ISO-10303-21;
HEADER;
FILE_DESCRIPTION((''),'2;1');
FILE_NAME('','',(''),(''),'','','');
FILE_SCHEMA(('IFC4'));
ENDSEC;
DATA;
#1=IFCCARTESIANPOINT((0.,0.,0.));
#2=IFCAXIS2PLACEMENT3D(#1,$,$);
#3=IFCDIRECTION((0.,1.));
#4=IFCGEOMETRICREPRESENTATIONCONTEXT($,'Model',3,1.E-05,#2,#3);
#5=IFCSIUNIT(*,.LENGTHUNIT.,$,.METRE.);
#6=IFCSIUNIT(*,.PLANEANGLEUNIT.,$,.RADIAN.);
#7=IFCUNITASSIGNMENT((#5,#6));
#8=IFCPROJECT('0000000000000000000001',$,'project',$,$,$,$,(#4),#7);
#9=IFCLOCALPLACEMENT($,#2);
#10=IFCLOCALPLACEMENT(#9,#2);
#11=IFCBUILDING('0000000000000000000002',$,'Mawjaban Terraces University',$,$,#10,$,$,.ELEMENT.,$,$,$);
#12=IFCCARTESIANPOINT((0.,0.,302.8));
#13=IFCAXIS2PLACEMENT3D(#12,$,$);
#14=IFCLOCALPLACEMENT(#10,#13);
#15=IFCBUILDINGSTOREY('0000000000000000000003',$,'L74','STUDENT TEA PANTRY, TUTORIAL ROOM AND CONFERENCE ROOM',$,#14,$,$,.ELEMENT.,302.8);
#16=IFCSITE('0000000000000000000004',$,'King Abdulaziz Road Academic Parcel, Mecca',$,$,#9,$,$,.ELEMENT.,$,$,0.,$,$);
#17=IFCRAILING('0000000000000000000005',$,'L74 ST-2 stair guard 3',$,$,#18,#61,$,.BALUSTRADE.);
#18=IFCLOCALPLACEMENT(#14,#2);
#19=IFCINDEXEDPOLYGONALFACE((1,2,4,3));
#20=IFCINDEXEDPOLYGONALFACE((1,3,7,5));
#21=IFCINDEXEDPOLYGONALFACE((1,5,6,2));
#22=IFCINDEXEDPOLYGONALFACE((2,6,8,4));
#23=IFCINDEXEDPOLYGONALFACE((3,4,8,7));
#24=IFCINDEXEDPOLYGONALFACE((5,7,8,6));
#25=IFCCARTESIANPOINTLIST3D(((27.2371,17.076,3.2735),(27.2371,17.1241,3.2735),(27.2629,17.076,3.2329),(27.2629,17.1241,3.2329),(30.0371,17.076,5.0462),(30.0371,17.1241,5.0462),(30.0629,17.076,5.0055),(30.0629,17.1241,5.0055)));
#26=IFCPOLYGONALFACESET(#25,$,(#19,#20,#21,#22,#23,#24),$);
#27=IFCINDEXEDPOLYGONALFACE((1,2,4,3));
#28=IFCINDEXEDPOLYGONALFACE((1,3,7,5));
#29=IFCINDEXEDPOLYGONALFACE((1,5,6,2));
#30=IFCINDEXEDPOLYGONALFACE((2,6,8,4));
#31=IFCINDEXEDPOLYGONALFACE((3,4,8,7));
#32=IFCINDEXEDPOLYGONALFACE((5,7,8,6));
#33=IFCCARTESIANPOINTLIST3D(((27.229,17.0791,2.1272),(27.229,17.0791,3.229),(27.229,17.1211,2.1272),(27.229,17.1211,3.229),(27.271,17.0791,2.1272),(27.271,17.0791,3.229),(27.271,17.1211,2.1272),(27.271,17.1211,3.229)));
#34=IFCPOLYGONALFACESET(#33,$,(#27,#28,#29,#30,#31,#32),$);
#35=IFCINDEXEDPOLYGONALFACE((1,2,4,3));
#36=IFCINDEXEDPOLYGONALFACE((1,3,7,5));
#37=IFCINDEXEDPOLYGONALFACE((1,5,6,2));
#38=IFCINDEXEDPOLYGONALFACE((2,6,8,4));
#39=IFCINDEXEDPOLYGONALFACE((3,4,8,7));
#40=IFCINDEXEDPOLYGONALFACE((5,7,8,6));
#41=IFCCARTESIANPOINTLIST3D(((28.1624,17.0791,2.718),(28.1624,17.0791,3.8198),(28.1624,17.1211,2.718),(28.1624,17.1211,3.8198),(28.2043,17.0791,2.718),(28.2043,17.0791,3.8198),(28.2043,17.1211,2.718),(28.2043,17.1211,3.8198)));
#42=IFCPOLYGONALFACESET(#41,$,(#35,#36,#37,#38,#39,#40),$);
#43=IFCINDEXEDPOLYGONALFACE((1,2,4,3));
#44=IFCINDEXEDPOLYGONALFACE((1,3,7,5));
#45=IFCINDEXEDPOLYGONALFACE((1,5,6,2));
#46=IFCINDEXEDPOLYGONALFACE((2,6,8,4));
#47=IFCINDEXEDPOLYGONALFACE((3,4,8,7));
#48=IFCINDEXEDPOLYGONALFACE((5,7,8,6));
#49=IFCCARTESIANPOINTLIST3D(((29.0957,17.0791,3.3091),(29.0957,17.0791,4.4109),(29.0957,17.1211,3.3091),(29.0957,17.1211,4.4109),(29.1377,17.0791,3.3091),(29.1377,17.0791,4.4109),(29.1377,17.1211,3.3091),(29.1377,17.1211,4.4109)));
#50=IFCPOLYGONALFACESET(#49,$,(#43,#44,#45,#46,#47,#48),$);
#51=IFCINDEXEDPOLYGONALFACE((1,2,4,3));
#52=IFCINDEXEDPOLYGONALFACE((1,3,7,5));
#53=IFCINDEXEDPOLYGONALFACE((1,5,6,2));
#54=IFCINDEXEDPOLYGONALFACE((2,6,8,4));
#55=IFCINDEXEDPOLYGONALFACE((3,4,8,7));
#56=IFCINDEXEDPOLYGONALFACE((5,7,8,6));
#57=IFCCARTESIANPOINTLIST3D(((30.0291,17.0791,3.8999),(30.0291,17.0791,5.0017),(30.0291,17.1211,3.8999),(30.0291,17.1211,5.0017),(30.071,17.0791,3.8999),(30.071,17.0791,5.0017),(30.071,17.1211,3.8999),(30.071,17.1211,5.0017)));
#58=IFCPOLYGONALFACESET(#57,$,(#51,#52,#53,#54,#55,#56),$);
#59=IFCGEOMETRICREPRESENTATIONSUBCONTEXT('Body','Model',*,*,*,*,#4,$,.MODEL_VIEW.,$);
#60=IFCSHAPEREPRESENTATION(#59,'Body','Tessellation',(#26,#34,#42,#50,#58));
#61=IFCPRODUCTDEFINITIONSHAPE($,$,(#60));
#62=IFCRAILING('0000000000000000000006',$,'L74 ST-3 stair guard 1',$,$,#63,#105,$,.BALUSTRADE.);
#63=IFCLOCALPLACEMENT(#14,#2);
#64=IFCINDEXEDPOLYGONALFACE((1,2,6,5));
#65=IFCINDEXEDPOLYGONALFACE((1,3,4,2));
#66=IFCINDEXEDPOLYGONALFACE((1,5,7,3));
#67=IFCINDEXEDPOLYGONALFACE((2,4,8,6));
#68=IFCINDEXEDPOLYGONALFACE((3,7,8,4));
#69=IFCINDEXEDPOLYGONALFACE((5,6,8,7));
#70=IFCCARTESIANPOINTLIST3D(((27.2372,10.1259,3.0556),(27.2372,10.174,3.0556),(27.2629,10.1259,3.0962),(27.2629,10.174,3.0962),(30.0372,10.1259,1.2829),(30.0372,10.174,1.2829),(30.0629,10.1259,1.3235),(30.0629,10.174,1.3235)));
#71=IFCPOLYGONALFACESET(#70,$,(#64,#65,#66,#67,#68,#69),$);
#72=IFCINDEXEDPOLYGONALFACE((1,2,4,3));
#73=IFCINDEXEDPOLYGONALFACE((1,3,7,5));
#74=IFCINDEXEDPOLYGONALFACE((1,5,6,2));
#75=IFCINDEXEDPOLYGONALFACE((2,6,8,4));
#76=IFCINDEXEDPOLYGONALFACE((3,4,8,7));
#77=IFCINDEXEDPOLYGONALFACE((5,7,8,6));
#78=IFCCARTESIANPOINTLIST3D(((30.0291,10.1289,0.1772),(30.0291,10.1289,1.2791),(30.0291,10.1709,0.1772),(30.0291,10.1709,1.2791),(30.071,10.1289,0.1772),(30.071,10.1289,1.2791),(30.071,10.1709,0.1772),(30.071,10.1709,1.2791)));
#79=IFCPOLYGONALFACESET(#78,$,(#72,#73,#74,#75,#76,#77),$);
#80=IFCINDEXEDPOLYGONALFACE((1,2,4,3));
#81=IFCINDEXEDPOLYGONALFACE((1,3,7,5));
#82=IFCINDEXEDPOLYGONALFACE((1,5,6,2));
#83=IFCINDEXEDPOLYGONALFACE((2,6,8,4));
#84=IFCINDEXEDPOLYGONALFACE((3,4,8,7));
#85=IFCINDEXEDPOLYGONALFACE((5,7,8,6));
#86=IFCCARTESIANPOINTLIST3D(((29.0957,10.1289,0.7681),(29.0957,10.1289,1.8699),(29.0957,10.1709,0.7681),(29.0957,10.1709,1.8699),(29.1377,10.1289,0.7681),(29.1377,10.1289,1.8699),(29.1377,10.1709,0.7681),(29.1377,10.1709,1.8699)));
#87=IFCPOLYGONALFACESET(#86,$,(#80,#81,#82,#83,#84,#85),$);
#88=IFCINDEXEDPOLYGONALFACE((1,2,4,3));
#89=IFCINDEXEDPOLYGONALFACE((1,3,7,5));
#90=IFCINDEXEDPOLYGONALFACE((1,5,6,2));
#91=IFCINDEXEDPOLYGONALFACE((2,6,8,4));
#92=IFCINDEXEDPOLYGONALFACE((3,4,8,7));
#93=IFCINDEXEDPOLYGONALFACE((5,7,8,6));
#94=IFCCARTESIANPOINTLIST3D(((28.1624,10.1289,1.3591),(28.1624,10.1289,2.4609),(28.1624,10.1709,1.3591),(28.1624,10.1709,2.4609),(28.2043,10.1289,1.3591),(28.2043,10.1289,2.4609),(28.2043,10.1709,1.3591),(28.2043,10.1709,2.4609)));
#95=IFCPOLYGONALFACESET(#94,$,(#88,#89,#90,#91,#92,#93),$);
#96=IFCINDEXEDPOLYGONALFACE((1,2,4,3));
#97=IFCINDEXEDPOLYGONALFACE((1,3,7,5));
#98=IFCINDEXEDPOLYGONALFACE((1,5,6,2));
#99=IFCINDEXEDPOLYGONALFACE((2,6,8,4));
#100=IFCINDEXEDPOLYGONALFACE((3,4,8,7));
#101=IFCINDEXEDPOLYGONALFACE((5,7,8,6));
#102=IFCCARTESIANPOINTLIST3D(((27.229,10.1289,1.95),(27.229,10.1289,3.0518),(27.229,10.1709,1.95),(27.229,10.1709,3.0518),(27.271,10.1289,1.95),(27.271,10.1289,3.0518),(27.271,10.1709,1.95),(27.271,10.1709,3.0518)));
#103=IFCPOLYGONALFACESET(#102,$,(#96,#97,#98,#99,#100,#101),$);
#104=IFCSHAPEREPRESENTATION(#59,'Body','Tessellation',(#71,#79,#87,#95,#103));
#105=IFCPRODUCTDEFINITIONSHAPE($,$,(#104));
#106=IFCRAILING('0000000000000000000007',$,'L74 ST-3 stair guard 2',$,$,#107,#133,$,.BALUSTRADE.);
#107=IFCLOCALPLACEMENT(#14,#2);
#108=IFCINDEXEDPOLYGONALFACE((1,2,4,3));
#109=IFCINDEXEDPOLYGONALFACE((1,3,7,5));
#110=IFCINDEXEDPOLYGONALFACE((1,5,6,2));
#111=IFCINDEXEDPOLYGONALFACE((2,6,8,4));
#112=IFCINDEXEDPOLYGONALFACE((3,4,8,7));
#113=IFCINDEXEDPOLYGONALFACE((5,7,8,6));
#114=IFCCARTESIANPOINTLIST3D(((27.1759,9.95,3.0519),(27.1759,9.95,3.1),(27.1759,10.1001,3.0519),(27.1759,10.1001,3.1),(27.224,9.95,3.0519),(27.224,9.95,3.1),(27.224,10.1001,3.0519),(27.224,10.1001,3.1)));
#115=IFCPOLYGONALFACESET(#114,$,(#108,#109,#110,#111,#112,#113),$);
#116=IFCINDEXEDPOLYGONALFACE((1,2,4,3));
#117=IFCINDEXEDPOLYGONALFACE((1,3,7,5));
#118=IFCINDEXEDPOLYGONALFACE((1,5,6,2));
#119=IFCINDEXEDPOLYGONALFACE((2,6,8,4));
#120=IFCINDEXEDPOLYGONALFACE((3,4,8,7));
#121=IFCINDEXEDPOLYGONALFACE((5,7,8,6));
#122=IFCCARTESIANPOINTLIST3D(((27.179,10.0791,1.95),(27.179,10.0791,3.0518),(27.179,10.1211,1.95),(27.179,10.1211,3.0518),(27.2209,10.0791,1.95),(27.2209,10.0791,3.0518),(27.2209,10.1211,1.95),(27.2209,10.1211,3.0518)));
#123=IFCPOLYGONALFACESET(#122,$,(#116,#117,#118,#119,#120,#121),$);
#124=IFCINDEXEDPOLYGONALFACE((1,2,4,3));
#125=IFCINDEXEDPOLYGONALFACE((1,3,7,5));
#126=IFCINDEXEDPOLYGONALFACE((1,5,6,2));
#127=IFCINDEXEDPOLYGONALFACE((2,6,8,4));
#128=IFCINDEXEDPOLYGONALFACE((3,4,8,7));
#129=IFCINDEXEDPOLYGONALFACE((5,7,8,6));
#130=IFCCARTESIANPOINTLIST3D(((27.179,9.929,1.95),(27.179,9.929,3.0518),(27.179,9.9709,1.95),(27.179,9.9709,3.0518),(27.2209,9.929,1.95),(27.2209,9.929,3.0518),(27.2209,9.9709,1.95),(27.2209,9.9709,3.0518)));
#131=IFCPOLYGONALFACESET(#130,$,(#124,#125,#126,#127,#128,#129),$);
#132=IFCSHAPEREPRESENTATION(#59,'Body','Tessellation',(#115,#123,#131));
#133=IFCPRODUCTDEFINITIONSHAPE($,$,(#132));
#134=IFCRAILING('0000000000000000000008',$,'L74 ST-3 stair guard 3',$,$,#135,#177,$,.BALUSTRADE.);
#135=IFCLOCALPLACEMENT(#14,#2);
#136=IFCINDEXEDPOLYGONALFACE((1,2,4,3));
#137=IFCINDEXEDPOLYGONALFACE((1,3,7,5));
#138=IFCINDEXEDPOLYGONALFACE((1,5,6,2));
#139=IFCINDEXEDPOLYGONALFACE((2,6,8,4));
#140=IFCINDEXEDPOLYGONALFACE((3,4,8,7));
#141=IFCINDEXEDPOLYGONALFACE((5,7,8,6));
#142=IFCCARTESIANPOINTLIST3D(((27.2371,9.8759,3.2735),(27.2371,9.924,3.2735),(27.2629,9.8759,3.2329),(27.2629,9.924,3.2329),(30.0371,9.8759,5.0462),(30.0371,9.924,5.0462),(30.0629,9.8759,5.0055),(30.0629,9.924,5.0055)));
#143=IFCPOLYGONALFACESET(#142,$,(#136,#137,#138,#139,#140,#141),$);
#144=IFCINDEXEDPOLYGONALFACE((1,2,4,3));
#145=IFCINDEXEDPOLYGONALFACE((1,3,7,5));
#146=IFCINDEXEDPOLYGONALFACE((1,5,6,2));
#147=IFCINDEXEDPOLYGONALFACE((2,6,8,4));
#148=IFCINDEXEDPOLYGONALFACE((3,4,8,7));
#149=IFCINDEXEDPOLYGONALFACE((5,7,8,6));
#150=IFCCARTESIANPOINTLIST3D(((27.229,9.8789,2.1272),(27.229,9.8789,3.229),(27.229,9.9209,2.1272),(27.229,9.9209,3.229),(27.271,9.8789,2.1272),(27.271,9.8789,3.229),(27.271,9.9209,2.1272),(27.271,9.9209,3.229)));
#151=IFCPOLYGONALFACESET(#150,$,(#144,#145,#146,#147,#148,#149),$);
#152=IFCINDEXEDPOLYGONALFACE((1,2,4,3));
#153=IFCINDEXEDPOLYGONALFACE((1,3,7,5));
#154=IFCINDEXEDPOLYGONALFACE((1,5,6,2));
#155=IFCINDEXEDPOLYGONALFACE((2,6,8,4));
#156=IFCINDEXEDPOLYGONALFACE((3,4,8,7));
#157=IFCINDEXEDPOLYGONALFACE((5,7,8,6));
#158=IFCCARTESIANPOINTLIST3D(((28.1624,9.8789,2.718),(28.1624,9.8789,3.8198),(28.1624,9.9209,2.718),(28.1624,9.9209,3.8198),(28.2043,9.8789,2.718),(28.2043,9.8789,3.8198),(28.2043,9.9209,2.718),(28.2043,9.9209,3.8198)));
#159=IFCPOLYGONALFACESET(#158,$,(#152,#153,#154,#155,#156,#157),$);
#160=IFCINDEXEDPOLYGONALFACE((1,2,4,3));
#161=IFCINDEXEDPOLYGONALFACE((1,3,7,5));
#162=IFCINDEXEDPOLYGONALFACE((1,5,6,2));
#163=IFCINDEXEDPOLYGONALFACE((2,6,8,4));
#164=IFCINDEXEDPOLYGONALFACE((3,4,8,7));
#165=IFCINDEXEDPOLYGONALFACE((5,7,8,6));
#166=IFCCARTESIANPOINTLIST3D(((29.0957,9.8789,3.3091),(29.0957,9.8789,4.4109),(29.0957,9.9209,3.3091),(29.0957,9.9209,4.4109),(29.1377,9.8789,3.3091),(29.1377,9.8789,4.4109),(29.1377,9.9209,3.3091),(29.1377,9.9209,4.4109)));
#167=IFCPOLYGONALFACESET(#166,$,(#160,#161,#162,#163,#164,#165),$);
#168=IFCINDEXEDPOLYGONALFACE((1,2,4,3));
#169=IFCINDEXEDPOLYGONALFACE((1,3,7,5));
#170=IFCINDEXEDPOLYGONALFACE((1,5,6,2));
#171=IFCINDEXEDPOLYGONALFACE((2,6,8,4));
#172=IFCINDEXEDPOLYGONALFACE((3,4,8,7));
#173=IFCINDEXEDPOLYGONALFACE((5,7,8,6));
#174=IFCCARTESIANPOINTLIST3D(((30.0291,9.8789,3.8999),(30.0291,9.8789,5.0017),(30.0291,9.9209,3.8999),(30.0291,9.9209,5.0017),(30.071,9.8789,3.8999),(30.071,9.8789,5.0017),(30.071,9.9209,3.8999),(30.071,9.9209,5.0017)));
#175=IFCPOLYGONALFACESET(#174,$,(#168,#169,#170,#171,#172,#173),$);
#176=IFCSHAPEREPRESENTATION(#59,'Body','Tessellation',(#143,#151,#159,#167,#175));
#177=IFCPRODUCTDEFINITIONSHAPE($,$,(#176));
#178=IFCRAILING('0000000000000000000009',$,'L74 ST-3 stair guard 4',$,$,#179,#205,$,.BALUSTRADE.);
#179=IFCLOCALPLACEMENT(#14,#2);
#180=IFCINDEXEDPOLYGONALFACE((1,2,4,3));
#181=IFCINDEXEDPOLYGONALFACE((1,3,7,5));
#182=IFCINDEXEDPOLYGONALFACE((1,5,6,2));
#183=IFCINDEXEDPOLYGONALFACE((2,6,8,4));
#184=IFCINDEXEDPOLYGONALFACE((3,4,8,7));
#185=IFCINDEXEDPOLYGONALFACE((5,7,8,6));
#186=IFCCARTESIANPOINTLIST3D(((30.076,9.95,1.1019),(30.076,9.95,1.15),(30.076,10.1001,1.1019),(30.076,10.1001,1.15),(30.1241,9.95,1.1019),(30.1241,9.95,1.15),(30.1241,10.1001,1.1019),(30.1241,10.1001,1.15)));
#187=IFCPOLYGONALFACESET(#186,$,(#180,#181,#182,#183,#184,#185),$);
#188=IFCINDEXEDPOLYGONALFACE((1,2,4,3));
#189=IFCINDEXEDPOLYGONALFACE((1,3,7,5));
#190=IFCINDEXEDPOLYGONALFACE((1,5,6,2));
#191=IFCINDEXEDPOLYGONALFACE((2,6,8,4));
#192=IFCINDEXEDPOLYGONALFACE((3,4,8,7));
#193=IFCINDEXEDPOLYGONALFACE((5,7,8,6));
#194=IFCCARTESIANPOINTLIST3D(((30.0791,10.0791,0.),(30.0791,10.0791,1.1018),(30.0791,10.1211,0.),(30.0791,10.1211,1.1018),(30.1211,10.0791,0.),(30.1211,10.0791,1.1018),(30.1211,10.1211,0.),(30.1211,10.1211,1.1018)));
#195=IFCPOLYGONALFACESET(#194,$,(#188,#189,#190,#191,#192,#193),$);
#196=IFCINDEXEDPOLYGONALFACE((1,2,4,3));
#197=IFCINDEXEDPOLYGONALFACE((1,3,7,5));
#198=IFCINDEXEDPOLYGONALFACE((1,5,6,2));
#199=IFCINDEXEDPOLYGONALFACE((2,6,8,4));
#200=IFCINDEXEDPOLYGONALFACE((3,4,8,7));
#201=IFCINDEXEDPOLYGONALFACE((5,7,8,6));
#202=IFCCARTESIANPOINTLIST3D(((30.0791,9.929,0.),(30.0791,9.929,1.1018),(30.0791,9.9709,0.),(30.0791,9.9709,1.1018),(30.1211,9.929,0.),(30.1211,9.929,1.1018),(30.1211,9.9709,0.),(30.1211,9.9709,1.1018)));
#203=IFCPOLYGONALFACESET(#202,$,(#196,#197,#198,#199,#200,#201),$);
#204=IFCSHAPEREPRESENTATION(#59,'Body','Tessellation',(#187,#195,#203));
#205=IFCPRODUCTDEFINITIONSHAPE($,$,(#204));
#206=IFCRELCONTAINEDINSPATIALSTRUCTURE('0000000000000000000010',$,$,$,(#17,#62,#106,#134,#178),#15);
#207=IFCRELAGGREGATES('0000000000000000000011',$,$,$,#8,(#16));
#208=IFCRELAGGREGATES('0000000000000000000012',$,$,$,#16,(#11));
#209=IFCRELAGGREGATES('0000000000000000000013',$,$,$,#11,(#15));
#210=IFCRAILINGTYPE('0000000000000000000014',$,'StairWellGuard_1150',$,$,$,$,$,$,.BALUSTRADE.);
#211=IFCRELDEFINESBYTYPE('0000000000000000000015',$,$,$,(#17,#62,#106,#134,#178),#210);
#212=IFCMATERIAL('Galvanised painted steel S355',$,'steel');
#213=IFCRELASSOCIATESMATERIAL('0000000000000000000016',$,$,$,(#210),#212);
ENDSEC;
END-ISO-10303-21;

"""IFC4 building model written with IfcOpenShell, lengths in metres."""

from ifc_helpers import new_model, si_unit, direction, frame, origin, origin_2d, place, context, subcontext, project, spatial, rectangle, extrude, material, type_object, element, save


model = new_model("IFC4")

# Units and contexts
model_context = context("Model", 3, precision=1e-05, world=origin(), true_north=direction((0.0, 1.0)))
body_context = subcontext(model_context, "Body", "Model", "MODEL_VIEW")
ifc_project = project(units=[si_unit("LENGTHUNIT", "METRE"), si_unit("PLANEANGLEUNIT", "RADIAN")], contexts=[model_context])

# Site, building, storey
site_placement = place(None, origin())
site = spatial("IfcSite", under=ifc_project, at=site_placement, Name="King Abdulaziz Road Academic Parcel, Mecca", CompositionType="ELEMENT", RefElevation=0.0)
building_placement = place(site_placement, origin())
building = spatial("IfcBuilding", under=site, at=building_placement, Name="Mawjaban Terraces University", CompositionType="ELEMENT")
storey_placement = place(building_placement, frame((0.0, 0.0, 302.8)))
storey = spatial("IfcBuildingStorey", under=building, at=storey_placement, Name="L74", Description="STUDENT TEA PANTRY, TUTORIAL ROOM AND CONFERENCE ROOM", CompositionType="ELEMENT", Elevation=302.8)

# Railings
ifc_material_1 = material(Name="Galvanised painted steel S355", Category="steel")
railing_type_1 = type_object("IfcRailingType", Name="StairWellGuard_1150", PredefinedType="BALUSTRADE", material=ifc_material_1)
railing_1_placement = place(storey_placement, frame((27.25, 17.1001, 2.1272)))
element("IfcRailing", 1, at=railing_1_placement, inside=storey, type_object=railing_type_1, Name="L74 ST-2 stair guard 3", PredefinedType="BALUSTRADE", context=body_context, shape_type="SweptSolid", body=[
    extrude(rectangle(XDim=0.0481, YDim=0.0481, at=origin_2d()), frame((0.0, 0.0, 1.126), z_axis=(0.844909, 0.0, 0.53491), x_axis=(0.0, 1.0, 0.0)), (0.0, 0.0, 1.0), 3.314),
    extrude(rectangle(XDim=0.042, YDim=0.042, at=origin_2d()), origin(), (0.0, 0.0, 1.0), 1.1018),
    extrude(rectangle(XDim=0.042, YDim=0.042, at=origin_2d()), frame((0.9333, 0.0, 0.5908)), (0.0, 0.0, 1.0), 1.1018),
    extrude(rectangle(XDim=0.042, YDim=0.042, at=origin_2d()), frame((1.8667, 0.0, 1.1819)), (0.0, 0.0, 1.0), 1.1018),
    extrude(rectangle(XDim=0.042, YDim=0.042, at=origin_2d()), frame((2.8, 0.0, 1.7727)), (0.0, 0.0, 1.0), 1.1018),
])
railing_2_placement = place(storey_placement, frame((30.05, 10.1499, 0.1772)))
element("IfcRailing", 2, at=railing_2_placement, inside=storey, type_object=railing_type_1, Name="L74 ST-3 stair guard 1", PredefinedType="BALUSTRADE", context=body_context, shape_type="SweptSolid", body=[
    extrude(rectangle(XDim=0.0481, YDim=0.0481, at=origin_2d()), frame((0.0, 0.0, 1.126), z_axis=(-0.844909, 0.0, 0.53491), x_axis=(0.0, -1.0, 0.0)), (0.0, 0.0, 1.0), 3.314),
    extrude(rectangle(XDim=0.042, YDim=0.042, at=origin_2d()), origin(), (0.0, 0.0, 1.0), 1.1018),
    extrude(rectangle(XDim=0.042, YDim=0.042, at=origin_2d()), frame((-0.9333, 0.0, 0.5908)), (0.0, 0.0, 1.0), 1.1018),
    extrude(rectangle(XDim=0.042, YDim=0.042, at=origin_2d()), frame((-1.8667, 0.0, 1.1819)), (0.0, 0.0, 1.0), 1.1018),
    extrude(rectangle(XDim=0.042, YDim=0.042, at=origin_2d()), frame((-2.8, 0.0, 1.7727)), (0.0, 0.0, 1.0), 1.1018),
])
railing_3_placement = place(storey_placement, frame((27.2, 10.1001, 1.95)))
element("IfcRailing", 3, at=railing_3_placement, inside=storey, type_object=railing_type_1, Name="L74 ST-3 stair guard 2", PredefinedType="BALUSTRADE", context=body_context, shape_type="SweptSolid", body=[
    extrude(rectangle(XDim=0.0481, YDim=0.0481, at=origin_2d()), frame((0.0, 0.0, 1.126), z_axis=(0.0, -1.0, 0.0), x_axis=(1.0, 0.0, 0.0)), (0.0, 0.0, 1.0), 0.1501),
    extrude(rectangle(XDim=0.042, YDim=0.042, at=origin_2d()), origin(), (0.0, 0.0, 1.0), 1.1018),
    extrude(rectangle(XDim=0.042, YDim=0.042, at=origin_2d()), frame((0.0, -0.1501, 0.0)), (0.0, 0.0, 1.0), 1.1018),
])
railing_4_placement = place(storey_placement, frame((27.25, 9.8999, 2.1272)))
element("IfcRailing", 4, at=railing_4_placement, inside=storey, type_object=railing_type_1, Name="L74 ST-3 stair guard 3", PredefinedType="BALUSTRADE", context=body_context, shape_type="SweptSolid", body=[
    extrude(rectangle(XDim=0.0481, YDim=0.0481, at=origin_2d()), frame((0.0, 0.0, 1.126), z_axis=(0.844909, 0.0, 0.53491), x_axis=(0.0, 1.0, 0.0)), (0.0, 0.0, 1.0), 3.314),
    extrude(rectangle(XDim=0.042, YDim=0.042, at=origin_2d()), origin(), (0.0, 0.0, 1.0), 1.1018),
    extrude(rectangle(XDim=0.042, YDim=0.042, at=origin_2d()), frame((0.9333, 0.0, 0.5908)), (0.0, 0.0, 1.0), 1.1018),
    extrude(rectangle(XDim=0.042, YDim=0.042, at=origin_2d()), frame((1.8667, 0.0, 1.1819)), (0.0, 0.0, 1.0), 1.1018),
    extrude(rectangle(XDim=0.042, YDim=0.042, at=origin_2d()), frame((2.8, 0.0, 1.7727)), (0.0, 0.0, 1.0), 1.1018),
])
railing_5_placement = place(storey_placement, frame((30.1001, 10.1001, 0.0)))
element("IfcRailing", 5, at=railing_5_placement, inside=storey, type_object=railing_type_1, Name="L74 ST-3 stair guard 4", PredefinedType="BALUSTRADE", context=body_context, shape_type="SweptSolid", body=[
    extrude(rectangle(XDim=0.0481, YDim=0.0481, at=origin_2d()), frame((0.0, 0.0, 1.126), z_axis=(0.0, -1.0, 0.0), x_axis=(1.0, 0.0, 0.0)), (0.0, 0.0, 1.0), 0.1501),
    extrude(rectangle(XDim=0.042, YDim=0.042, at=origin_2d()), origin(), (0.0, 0.0, 1.0), 1.1018),
    extrude(rectangle(XDim=0.042, YDim=0.042, at=origin_2d()), frame((0.0, -0.1501, 0.0)), (0.0, 0.0, 1.0), 1.1018),
])

save(model, "model.ifc")
